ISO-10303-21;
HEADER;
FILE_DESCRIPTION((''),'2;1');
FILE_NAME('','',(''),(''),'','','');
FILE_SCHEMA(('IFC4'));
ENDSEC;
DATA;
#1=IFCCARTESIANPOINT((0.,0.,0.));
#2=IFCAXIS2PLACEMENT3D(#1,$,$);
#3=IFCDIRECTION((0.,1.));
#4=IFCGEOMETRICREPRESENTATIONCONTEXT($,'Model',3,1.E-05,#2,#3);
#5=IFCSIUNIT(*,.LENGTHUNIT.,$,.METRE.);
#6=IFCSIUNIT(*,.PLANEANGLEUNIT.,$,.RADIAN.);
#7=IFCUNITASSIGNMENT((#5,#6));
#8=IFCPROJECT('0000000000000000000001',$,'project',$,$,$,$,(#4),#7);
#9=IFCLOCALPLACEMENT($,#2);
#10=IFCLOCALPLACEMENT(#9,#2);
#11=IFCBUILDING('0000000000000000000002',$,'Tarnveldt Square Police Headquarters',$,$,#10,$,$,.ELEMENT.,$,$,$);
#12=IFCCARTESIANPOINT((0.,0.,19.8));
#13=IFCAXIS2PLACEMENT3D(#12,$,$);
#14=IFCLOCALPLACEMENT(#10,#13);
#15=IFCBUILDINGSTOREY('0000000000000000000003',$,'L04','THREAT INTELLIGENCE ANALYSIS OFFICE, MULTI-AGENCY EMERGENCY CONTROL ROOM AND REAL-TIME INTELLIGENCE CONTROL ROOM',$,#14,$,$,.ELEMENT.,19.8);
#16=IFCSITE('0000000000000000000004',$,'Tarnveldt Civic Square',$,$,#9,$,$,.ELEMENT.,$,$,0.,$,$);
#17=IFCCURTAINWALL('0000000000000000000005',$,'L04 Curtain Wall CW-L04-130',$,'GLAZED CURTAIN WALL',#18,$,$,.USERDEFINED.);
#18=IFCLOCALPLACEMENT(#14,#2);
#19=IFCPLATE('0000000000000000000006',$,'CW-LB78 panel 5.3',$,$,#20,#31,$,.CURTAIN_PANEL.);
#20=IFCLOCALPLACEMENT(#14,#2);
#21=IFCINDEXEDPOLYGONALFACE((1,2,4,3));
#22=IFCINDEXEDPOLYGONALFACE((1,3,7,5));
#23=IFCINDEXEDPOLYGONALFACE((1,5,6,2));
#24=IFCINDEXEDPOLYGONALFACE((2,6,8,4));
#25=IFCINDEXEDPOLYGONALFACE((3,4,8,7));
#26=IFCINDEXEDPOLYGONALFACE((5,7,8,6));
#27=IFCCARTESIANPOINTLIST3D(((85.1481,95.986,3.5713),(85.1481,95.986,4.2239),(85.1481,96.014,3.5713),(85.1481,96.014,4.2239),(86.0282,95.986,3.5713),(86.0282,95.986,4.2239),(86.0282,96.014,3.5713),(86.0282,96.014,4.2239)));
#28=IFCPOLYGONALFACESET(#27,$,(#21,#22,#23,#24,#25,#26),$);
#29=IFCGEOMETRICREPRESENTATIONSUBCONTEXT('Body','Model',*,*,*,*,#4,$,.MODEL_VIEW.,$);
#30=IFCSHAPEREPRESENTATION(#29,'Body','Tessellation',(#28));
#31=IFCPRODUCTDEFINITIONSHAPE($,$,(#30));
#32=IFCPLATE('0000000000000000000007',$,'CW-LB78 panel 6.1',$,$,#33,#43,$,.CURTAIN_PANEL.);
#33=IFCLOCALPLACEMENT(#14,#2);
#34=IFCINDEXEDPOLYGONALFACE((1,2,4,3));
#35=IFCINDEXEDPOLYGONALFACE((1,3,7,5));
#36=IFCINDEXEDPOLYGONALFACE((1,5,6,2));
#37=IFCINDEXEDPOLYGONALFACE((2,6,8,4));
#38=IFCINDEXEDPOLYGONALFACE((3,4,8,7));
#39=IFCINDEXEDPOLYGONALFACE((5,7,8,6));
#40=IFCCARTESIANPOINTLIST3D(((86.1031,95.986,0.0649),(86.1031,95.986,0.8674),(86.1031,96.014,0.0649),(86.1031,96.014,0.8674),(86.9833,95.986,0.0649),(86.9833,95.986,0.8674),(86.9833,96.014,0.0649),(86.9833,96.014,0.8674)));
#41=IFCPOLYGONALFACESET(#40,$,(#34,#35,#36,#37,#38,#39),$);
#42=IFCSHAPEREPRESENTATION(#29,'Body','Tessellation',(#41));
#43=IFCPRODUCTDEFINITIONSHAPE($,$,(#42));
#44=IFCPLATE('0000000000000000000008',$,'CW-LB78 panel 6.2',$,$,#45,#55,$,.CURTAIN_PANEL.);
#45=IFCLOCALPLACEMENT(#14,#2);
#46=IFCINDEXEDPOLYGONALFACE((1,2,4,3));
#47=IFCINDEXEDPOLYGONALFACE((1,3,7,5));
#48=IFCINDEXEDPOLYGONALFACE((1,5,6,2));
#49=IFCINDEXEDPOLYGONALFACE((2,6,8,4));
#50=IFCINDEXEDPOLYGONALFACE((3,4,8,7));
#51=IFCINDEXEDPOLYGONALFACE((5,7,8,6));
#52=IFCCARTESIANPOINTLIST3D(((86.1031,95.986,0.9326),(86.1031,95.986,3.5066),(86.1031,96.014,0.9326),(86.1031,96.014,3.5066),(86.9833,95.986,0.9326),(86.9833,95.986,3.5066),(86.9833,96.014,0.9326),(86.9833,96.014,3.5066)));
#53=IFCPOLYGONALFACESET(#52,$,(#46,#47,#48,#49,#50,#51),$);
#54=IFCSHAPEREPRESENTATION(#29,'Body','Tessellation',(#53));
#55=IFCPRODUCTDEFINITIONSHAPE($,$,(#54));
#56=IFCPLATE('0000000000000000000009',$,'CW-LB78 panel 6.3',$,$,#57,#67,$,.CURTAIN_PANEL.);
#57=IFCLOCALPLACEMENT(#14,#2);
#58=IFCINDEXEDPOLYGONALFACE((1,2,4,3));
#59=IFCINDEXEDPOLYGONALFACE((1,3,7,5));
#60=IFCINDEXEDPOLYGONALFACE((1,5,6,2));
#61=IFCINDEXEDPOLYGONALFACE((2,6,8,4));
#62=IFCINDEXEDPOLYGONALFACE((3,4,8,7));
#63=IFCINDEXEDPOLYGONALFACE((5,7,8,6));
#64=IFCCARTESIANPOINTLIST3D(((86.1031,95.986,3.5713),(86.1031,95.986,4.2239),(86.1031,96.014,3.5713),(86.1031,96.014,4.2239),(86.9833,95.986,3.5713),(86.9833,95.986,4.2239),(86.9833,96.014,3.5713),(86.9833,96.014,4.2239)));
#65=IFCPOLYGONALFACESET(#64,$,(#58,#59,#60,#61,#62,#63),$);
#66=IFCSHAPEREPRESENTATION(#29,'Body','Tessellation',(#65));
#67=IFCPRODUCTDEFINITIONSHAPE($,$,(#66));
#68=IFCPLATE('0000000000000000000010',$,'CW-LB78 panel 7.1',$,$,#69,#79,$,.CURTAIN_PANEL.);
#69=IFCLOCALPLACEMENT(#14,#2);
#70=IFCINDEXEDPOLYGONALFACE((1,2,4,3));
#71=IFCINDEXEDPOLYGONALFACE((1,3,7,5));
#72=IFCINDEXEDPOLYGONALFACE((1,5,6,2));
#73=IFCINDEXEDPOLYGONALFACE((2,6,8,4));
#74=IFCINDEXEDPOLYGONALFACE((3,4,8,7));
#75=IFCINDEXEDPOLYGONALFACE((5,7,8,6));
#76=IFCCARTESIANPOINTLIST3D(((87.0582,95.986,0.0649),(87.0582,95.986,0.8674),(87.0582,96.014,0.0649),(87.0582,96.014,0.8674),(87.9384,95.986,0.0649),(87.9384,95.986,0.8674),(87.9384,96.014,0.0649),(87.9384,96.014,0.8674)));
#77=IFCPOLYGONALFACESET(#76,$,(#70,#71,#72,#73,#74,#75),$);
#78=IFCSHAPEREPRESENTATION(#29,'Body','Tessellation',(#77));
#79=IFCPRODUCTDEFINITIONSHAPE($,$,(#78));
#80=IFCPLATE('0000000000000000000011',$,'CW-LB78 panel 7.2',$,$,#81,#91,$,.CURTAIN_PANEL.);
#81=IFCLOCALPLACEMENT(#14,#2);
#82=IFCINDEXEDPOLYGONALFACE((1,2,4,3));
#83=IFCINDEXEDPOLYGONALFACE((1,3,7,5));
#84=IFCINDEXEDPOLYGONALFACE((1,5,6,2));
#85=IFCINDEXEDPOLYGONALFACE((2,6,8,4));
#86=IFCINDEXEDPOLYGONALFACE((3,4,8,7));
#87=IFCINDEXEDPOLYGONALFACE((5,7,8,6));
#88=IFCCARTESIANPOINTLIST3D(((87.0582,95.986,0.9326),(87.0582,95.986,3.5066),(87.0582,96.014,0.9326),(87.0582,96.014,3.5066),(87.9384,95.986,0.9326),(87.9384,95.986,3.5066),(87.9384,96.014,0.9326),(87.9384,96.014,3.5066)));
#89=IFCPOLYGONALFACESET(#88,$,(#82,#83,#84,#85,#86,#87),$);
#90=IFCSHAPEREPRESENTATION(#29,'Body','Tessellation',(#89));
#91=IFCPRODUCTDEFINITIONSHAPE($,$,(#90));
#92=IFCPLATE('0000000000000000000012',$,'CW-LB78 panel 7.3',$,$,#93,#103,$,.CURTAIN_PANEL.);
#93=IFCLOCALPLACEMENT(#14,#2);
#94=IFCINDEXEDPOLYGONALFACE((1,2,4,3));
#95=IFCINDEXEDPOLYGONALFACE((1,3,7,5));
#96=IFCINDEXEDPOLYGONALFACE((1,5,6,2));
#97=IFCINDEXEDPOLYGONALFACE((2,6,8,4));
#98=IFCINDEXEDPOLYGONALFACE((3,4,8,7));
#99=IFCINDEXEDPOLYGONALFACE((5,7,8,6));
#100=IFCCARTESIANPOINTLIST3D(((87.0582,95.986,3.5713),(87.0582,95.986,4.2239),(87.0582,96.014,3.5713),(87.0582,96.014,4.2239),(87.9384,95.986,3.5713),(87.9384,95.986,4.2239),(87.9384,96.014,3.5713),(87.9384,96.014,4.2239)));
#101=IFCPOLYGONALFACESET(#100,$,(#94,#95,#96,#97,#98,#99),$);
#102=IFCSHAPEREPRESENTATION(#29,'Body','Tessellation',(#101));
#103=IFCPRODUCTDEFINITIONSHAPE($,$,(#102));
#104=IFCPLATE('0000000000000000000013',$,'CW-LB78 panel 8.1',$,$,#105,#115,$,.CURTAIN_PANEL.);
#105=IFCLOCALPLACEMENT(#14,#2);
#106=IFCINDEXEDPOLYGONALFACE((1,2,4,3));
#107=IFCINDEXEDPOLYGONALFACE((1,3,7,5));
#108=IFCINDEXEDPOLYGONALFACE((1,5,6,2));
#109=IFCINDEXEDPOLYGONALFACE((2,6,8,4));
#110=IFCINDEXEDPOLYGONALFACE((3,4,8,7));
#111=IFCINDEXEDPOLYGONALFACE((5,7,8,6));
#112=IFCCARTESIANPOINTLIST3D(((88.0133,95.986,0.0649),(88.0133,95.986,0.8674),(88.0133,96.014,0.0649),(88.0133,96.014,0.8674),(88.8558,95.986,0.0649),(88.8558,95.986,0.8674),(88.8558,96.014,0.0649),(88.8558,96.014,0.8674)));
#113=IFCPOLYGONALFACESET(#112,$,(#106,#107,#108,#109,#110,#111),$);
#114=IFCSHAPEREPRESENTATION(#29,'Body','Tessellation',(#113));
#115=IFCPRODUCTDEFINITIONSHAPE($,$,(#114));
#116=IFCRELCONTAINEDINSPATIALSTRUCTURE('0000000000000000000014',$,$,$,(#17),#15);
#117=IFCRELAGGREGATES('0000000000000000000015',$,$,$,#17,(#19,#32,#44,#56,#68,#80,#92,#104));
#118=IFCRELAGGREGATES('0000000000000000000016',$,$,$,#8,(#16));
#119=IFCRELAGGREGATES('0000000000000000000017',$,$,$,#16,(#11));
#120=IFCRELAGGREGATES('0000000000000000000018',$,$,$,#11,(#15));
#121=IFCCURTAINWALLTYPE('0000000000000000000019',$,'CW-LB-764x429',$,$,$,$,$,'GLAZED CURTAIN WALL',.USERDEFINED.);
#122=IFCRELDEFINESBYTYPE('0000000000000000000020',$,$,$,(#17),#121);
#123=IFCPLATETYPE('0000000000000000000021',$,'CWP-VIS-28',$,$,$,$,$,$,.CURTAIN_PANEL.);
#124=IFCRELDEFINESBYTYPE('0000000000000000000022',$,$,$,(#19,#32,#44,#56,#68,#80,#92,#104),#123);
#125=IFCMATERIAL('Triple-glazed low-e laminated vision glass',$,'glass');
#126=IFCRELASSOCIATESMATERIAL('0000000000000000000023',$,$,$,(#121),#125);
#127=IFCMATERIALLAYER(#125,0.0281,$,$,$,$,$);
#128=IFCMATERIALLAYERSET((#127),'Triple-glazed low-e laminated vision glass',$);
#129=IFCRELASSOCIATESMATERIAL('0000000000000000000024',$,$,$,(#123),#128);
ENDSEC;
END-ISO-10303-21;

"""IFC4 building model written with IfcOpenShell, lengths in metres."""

from ifc_helpers import new_model, si_unit, direction, frame, origin, origin_2d, place, context, subcontext, project, spatial, rectangle, extrude, material, layer, layer_set, type_object, element, aggregate, save


model = new_model("IFC4")

# Units and contexts
model_context = context("Model", 3, precision=1e-05, world=origin(), true_north=direction((0.0, 1.0)))
body_context = subcontext(model_context, "Body", "Model", "MODEL_VIEW")
ifc_project = project(units=[si_unit("LENGTHUNIT", "METRE"), si_unit("PLANEANGLEUNIT", "RADIAN")], contexts=[model_context])

# Site, building, storey
site_placement = place(None, origin())
site = spatial("IfcSite", under=ifc_project, at=site_placement, Name="Tarnveldt Civic Square", CompositionType="ELEMENT", RefElevation=0.0)
building_placement = place(site_placement, origin())
building = spatial("IfcBuilding", under=site, at=building_placement, Name="Tarnveldt Square Police Headquarters", CompositionType="ELEMENT")
storey_placement = place(building_placement, frame((0.0, 0.0, 19.8)))
storey = spatial("IfcBuildingStorey", under=building, at=storey_placement, Name="L04", Description="THREAT INTELLIGENCE ANALYSIS OFFICE, MULTI-AGENCY EMERGENCY CONTROL ROOM AND REAL-TIME INTELLIGENCE CONTROL ROOM", CompositionType="ELEMENT", Elevation=19.8)

# Curtain wall, plates
ifc_material_1 = material(Name="Triple-glazed low-e laminated vision glass", Category="glass")
curtain_wall_type = type_object("IfcCurtainWallType", Name="CW-LB-764x429", ElementType="GLAZED CURTAIN WALL", PredefinedType="USERDEFINED", material=ifc_material_1)
curtain_wall_placement = place(storey_placement, origin())
curtain_wall = element("IfcCurtainWall", 1, at=curtain_wall_placement, inside=storey, type_object=curtain_wall_type, Name="L04 Curtain Wall CW-L04-130", ObjectType="GLAZED CURTAIN WALL", PredefinedType="USERDEFINED")
ifc_layer = layer(ifc_material_1, 0.0281)
ifc_layer_set = layer_set([ifc_layer], Name="Triple-glazed low-e laminated vision glass")
plate_type = type_object("IfcPlateType", Name="CWP-VIS-28", PredefinedType="CURTAIN_PANEL", material=ifc_layer_set)
plate_1_placement = place(storey_placement, frame((85.5881, 96.0, 3.5713), z_axis=(0.0, 0.0, 1.0), x_axis=(1.0, 0.0, 0.0)))
plate_1 = element("IfcPlate", 2, at=plate_1_placement, type_object=plate_type, Name="CW-LB78 panel 5.3", PredefinedType="CURTAIN_PANEL", context=body_context, shape_type="SweptSolid", body=[
    extrude(rectangle(XDim=0.8801, YDim=0.0281, at=origin_2d()), origin(), (0.0, 0.0, 1.0), 0.6526),
])
plate_2_placement = place(storey_placement, frame((86.5432, 96.0, 0.0649), z_axis=(0.0, 0.0, 1.0), x_axis=(1.0, 0.0, 0.0)))
plate_2 = element("IfcPlate", 3, at=plate_2_placement, type_object=plate_type, Name="CW-LB78 panel 6.1", PredefinedType="CURTAIN_PANEL", context=body_context, shape_type="SweptSolid", body=[
    extrude(rectangle(XDim=0.8801, YDim=0.0281, at=origin_2d()), origin(), (0.0, 0.0, 1.0), 0.8025),
])
plate_3_placement = place(storey_placement, frame((86.5432, 96.0, 0.9326), z_axis=(0.0, 0.0, 1.0), x_axis=(1.0, 0.0, 0.0)))
plate_3 = element("IfcPlate", 4, at=plate_3_placement, type_object=plate_type, Name="CW-LB78 panel 6.2", PredefinedType="CURTAIN_PANEL", context=body_context, shape_type="SweptSolid", body=[
    extrude(rectangle(XDim=0.8801, YDim=0.0281, at=origin_2d()), origin(), (0.0, 0.0, 1.0), 2.574),
])
plate_4_placement = place(storey_placement, frame((86.5432, 96.0, 3.5713), z_axis=(0.0, 0.0, 1.0), x_axis=(1.0, 0.0, 0.0)))
plate_4 = element("IfcPlate", 5, at=plate_4_placement, type_object=plate_type, Name="CW-LB78 panel 6.3", PredefinedType="CURTAIN_PANEL", context=body_context, shape_type="SweptSolid", body=[
    extrude(rectangle(XDim=0.8801, YDim=0.0281, at=origin_2d()), origin(), (0.0, 0.0, 1.0), 0.6526),
])
plate_5_placement = place(storey_placement, frame((87.4983, 96.0, 0.0649), z_axis=(0.0, 0.0, 1.0), x_axis=(1.0, 0.0, 0.0)))
plate_5 = element("IfcPlate", 6, at=plate_5_placement, type_object=plate_type, Name="CW-LB78 panel 7.1", PredefinedType="CURTAIN_PANEL", context=body_context, shape_type="SweptSolid", body=[
    extrude(rectangle(XDim=0.8801, YDim=0.0281, at=origin_2d()), origin(), (0.0, 0.0, 1.0), 0.8025),
])
plate_6_placement = place(storey_placement, frame((87.4983, 96.0, 0.9326), z_axis=(0.0, 0.0, 1.0), x_axis=(1.0, 0.0, 0.0)))
plate_6 = element("IfcPlate", 7, at=plate_6_placement, type_object=plate_type, Name="CW-LB78 panel 7.2", PredefinedType="CURTAIN_PANEL", context=body_context, shape_type="SweptSolid", body=[
    extrude(rectangle(XDim=0.8801, YDim=0.0281, at=origin_2d()), origin(), (0.0, 0.0, 1.0), 2.574),
])
plate_7_placement = place(storey_placement, frame((87.4983, 96.0, 3.5713), z_axis=(0.0, 0.0, 1.0), x_axis=(1.0, 0.0, 0.0)))
plate_7 = element("IfcPlate", 8, at=plate_7_placement, type_object=plate_type, Name="CW-LB78 panel 7.3", PredefinedType="CURTAIN_PANEL", context=body_context, shape_type="SweptSolid", body=[
    extrude(rectangle(XDim=0.8801, YDim=0.0281, at=origin_2d()), origin(), (0.0, 0.0, 1.0), 0.6526),
])
plate_8_placement = place(storey_placement, frame((88.4346, 96.0, 0.0649), z_axis=(0.0, 0.0, 1.0), x_axis=(1.0, 0.0, 0.0)))
plate_8 = element("IfcPlate", 9, at=plate_8_placement, type_object=plate_type, Name="CW-LB78 panel 8.1", PredefinedType="CURTAIN_PANEL", context=body_context, shape_type="SweptSolid", body=[
    extrude(rectangle(XDim=0.8425, YDim=0.0281, at=origin_2d()), origin(), (0.0, 0.0, 1.0), 0.8025),
])
aggregate(curtain_wall, [plate_1, plate_2, plate_3, plate_4, plate_5, plate_6, plate_7, plate_8])

save(model, "model.ifc")
